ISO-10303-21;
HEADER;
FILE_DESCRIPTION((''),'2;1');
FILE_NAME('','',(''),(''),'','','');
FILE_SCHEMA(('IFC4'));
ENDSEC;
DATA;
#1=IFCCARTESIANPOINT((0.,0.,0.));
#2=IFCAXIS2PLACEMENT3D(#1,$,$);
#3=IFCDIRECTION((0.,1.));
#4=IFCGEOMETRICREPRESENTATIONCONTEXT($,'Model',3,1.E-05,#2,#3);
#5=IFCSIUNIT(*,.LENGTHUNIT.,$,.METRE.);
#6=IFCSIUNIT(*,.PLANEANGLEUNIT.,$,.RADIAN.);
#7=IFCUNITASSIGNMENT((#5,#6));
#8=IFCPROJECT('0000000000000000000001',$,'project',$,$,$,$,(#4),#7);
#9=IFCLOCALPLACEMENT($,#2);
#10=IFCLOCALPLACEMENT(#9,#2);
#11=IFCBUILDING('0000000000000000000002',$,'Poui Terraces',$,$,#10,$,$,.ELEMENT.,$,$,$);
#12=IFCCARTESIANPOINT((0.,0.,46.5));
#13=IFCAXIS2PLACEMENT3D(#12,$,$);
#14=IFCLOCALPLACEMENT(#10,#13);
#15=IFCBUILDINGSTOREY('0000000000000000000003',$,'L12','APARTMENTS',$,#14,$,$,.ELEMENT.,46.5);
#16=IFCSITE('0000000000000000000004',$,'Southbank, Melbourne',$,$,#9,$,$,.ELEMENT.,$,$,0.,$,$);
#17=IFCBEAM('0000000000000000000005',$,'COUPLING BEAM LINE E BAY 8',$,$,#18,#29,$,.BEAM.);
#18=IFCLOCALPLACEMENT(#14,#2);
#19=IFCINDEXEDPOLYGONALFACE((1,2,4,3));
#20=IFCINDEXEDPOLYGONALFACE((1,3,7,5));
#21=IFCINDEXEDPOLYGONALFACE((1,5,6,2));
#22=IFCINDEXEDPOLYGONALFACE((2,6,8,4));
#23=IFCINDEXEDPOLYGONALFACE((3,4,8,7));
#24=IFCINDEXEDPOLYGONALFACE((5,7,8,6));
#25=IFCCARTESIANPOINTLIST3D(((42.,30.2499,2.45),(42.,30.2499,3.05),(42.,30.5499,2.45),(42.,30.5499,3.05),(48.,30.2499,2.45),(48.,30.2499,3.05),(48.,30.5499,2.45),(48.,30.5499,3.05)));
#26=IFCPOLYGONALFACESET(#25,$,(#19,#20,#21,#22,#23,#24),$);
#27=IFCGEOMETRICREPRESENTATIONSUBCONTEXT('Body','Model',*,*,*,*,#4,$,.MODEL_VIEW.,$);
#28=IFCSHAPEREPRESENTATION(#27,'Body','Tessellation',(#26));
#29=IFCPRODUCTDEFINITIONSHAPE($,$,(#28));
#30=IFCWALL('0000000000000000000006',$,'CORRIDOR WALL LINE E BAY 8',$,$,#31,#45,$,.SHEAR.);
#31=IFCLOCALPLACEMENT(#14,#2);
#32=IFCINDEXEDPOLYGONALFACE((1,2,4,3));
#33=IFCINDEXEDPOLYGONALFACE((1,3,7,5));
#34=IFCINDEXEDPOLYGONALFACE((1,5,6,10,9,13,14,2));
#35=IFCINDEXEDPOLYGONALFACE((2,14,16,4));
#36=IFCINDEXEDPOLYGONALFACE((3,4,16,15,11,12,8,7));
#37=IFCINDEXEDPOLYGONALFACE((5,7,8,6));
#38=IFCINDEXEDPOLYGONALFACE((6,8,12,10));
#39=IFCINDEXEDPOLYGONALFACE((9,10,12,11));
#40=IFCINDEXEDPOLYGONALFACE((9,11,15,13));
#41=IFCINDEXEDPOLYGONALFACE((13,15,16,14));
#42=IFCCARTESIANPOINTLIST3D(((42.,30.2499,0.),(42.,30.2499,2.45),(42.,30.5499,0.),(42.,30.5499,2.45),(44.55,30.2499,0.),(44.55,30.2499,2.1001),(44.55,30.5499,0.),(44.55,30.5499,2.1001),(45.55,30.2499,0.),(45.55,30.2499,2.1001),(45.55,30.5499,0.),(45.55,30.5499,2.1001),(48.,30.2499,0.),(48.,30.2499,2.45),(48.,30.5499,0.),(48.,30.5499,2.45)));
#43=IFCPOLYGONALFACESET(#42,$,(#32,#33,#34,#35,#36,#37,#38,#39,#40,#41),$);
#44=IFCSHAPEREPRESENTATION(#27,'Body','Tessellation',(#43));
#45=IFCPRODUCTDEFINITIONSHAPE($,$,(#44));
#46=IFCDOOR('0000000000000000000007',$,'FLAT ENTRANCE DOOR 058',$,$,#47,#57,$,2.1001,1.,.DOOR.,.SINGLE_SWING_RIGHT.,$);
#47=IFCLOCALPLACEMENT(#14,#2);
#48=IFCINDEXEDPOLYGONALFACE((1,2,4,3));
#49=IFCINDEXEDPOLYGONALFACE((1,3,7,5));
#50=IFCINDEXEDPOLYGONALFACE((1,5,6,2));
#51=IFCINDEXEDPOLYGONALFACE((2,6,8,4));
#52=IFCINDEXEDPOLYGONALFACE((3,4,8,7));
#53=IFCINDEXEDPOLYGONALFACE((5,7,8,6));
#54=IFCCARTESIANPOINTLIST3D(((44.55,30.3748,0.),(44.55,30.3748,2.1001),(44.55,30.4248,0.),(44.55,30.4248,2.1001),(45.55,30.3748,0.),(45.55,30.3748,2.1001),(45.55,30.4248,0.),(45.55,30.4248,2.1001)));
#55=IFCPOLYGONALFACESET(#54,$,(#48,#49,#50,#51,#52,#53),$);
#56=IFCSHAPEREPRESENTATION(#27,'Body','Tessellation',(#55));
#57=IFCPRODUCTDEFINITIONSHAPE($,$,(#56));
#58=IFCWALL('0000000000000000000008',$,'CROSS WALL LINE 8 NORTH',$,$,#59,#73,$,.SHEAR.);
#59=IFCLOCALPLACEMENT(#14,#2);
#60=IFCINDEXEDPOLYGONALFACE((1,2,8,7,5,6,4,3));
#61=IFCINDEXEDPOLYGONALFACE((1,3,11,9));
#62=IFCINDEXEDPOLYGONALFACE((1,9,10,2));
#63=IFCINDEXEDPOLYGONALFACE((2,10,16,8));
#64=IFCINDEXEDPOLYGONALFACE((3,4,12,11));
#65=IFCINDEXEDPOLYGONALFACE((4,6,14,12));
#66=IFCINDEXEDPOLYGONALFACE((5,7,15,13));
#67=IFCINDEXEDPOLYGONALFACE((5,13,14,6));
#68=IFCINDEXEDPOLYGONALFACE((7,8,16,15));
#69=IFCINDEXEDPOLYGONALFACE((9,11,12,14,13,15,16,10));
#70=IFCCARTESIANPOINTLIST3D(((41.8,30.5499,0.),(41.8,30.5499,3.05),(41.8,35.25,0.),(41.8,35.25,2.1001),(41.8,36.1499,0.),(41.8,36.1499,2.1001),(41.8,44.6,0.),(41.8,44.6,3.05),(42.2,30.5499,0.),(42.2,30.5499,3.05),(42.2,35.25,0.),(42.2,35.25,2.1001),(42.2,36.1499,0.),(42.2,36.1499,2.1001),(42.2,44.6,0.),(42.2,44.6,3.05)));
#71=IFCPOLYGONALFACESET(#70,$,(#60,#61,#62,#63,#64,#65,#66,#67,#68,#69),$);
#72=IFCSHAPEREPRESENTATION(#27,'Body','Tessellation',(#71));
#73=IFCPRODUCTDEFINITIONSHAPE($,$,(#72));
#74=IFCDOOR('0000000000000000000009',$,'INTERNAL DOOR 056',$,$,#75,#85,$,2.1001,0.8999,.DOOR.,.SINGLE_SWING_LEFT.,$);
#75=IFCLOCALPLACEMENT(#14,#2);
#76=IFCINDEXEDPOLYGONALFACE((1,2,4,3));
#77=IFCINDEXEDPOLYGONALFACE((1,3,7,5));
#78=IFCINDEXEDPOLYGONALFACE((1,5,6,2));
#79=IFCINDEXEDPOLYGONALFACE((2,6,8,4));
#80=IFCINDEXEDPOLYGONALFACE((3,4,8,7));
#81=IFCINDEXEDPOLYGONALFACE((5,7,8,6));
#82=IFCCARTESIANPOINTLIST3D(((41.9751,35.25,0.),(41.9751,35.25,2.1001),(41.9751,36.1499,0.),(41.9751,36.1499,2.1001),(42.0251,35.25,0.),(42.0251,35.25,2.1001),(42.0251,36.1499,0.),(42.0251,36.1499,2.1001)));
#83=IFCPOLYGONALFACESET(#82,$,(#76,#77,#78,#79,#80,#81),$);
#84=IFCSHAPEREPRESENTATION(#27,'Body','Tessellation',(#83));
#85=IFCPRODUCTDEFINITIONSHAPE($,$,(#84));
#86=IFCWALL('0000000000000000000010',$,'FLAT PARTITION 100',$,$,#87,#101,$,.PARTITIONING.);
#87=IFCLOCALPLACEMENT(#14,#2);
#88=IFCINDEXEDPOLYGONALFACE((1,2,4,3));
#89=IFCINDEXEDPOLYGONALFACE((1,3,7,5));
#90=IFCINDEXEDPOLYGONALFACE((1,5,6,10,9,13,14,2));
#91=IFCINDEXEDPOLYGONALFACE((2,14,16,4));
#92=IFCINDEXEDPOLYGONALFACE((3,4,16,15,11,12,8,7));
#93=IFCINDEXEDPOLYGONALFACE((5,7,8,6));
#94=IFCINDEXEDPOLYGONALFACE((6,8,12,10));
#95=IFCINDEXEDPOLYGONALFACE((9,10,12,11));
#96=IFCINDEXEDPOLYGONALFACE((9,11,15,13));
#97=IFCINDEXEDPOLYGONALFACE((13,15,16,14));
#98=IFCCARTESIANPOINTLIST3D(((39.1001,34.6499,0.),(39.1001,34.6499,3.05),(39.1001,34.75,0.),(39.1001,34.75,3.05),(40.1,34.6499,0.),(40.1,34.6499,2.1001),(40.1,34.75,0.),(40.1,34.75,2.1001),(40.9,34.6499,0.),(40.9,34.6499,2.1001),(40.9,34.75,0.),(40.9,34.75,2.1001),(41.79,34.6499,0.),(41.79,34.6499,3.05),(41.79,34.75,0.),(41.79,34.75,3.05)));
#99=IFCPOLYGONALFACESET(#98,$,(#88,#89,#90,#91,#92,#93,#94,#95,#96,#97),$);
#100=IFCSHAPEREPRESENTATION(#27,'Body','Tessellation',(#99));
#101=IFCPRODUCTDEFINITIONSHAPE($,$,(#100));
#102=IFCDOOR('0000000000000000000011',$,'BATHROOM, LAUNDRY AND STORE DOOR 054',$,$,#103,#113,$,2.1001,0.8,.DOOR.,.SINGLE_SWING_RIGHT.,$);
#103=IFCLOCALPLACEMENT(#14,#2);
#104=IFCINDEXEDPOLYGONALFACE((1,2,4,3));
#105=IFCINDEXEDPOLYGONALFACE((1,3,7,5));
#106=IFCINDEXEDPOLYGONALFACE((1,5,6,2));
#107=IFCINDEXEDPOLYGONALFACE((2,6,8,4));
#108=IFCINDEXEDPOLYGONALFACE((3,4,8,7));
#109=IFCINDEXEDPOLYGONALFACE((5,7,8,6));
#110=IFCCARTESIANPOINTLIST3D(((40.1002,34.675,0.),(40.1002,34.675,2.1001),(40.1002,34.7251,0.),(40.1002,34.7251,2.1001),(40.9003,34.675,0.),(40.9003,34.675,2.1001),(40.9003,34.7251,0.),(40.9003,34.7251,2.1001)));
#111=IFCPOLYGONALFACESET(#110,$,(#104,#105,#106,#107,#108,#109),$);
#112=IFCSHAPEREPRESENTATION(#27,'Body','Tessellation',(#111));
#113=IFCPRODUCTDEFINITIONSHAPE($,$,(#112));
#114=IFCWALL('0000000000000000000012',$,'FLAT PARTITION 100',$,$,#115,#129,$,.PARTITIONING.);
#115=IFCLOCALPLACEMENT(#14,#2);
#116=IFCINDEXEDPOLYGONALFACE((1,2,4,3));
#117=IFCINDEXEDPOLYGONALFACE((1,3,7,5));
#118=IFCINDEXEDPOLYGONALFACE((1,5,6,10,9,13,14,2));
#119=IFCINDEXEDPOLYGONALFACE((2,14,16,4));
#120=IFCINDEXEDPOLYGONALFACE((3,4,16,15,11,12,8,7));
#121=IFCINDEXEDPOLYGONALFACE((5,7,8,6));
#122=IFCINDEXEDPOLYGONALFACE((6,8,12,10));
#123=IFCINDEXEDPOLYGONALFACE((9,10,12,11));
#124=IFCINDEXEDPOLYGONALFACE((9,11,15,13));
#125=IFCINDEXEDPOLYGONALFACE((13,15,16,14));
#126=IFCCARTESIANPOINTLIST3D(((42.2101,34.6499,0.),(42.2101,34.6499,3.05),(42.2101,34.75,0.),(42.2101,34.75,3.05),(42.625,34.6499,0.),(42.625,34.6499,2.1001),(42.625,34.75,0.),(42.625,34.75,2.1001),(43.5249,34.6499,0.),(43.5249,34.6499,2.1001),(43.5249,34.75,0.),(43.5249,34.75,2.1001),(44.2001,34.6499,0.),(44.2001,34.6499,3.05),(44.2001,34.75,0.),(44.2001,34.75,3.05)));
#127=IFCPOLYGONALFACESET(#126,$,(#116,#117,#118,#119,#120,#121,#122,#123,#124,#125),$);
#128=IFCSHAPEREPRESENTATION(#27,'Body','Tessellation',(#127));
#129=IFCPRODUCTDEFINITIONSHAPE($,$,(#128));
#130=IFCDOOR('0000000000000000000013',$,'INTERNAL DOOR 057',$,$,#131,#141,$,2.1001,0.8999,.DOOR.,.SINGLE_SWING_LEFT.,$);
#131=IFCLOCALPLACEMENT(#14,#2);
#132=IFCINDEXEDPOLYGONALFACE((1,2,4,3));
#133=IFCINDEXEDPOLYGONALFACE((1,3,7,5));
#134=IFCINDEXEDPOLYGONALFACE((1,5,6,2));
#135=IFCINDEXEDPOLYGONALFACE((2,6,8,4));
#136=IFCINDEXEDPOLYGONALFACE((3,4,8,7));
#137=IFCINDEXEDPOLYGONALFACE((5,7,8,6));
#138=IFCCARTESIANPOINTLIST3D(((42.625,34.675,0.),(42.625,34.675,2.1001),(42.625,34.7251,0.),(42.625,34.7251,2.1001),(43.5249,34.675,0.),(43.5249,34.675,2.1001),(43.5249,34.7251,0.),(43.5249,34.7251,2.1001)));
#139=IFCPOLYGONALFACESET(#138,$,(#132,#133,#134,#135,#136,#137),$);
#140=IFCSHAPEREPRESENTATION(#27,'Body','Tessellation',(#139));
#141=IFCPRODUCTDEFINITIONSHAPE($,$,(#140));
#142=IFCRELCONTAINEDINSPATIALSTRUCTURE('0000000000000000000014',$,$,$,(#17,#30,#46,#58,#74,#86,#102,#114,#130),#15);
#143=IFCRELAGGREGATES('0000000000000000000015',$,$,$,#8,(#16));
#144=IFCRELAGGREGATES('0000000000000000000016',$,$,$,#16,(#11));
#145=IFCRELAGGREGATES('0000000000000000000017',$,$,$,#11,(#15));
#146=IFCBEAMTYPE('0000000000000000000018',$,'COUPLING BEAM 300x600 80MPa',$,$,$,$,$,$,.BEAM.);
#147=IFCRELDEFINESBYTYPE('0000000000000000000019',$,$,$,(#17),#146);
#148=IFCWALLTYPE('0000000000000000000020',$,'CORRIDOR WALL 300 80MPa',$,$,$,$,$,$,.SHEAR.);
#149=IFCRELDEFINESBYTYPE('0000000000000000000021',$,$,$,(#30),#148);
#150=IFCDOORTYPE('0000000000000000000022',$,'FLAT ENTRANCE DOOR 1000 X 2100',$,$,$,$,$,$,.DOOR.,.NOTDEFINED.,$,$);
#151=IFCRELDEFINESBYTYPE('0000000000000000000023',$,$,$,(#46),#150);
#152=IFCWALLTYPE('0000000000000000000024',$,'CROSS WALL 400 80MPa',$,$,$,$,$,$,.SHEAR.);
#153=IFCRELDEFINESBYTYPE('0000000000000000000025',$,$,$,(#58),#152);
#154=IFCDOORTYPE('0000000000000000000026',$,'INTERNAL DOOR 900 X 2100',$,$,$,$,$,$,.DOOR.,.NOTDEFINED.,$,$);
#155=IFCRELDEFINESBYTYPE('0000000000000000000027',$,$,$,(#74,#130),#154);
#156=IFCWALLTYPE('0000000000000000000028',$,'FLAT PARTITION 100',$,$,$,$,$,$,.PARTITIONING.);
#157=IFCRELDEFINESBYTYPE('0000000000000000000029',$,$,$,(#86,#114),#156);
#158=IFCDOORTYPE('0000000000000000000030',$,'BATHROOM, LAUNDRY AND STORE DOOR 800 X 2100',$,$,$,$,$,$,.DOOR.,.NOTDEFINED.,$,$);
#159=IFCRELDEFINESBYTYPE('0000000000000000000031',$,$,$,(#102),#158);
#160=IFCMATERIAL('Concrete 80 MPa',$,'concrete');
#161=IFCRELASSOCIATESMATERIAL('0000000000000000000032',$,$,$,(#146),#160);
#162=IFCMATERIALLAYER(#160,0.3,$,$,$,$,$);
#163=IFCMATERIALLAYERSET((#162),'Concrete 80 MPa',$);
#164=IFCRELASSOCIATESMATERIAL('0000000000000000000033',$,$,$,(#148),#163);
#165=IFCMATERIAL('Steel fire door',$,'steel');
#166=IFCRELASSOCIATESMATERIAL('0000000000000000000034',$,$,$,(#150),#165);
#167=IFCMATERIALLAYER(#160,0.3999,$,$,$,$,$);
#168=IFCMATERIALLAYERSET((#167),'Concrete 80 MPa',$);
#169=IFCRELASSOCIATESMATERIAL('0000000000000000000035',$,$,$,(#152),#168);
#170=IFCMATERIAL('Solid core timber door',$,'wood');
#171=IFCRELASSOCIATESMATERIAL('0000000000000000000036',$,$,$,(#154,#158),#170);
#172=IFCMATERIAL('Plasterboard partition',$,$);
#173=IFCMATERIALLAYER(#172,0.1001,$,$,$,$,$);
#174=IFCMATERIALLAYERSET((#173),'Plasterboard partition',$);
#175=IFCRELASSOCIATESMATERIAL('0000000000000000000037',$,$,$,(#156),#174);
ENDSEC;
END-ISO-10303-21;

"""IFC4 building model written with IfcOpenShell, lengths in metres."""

from ifc_helpers import new_model, si_unit, direction, frame, frame_2d, origin, origin_2d, place, context, subcontext, project, spatial, rectangle, extrude, source, transform, mapped, material, layer, layer_set, material_profile, profile_set, type_object, element, fill, save


model = new_model("IFC4")

# Units and contexts
model_context = context("Model", 3, precision=1e-05, world=origin(), true_north=direction((0.0, 1.0)))
body_context = subcontext(model_context, "Body", "Model", "MODEL_VIEW")
ifc_project = project(units=[si_unit("LENGTHUNIT", "METRE"), si_unit("PLANEANGLEUNIT", "RADIAN")], contexts=[model_context])

# Site, building, storey
site_placement = place(None, origin())
site = spatial("IfcSite", under=ifc_project, at=site_placement, Name="Southbank, Melbourne", CompositionType="ELEMENT", RefElevation=0.0)
building_placement = place(site_placement, origin())
building = spatial("IfcBuilding", under=site, at=building_placement, Name="Poui Terraces", CompositionType="ELEMENT")
storey_placement = place(building_placement, frame((0.0, 0.0, 46.5)))
storey = spatial("IfcBuildingStorey", under=building, at=storey_placement, Name="L12", Description="APARTMENTS", CompositionType="ELEMENT", Elevation=46.5)

# Beam
ifc_material_1 = material(Name="Concrete 80 MPa", Category="concrete")
ifc_material_profile_1 = material_profile(ifc_material_1, rectangle(XDim=0.3, YDim=0.6001, at=origin_2d()), Name="RC 300x600")
ifc_profile_set_1 = profile_set([ifc_material_profile_1], Name="Concrete 80 MPa")
beam_type = type_object("IfcBeamType", Name="COUPLING BEAM 300x600 80MPa", PredefinedType="BEAM", material=ifc_profile_set_1)
shared_shape_1 = source(origin(), body_context, "Body", "SweptSolid", [
    extrude(rectangle(XDim=0.3, YDim=0.6001, at=origin_2d()), origin(), (0.0, 0.0, 1.0), 6.0),
])
beam_placement = place(storey_placement, frame((42.0, 30.3999, 2.75), z_axis=(1.0, 0.0, 0.0), x_axis=(0.0, 1.0, 0.0)))
element("IfcBeam", 1, at=beam_placement, inside=storey, type_object=beam_type, Name="COUPLING BEAM LINE E BAY 8", PredefinedType="BEAM", context=body_context, shape_type="MappedRepresentation", body=[
    mapped(shared_shape_1, transform((0.0, 0.0, 0.0))),
])

# Walls, openings, doors
ifc_layer_1 = layer(ifc_material_1, 0.3)
ifc_layer_set_1 = layer_set([ifc_layer_1], Name="Concrete 80 MPa")
wall_type_1 = type_object("IfcWallType", Name="CORRIDOR WALL 300 80MPa", PredefinedType="SHEAR", material=ifc_layer_set_1)
wall_1_placement = place(storey_placement, frame((42.0, 30.3999, 0.0), z_axis=(0.0, 0.0, 1.0), x_axis=(1.0, 0.0, 0.0)))
wall_1 = element("IfcWall", 2, at=wall_1_placement, inside=storey, type_object=wall_type_1, Name="CORRIDOR WALL LINE E BAY 8", PredefinedType="SHEAR", context=body_context, shape_type="SweptSolid", body=[
    extrude(rectangle(XDim=6.0, YDim=0.3, at=frame_2d((3.0, 0.0))), origin(), (0.0, 0.0, 1.0), 2.45),
])
opening_1_placement = place(wall_1_placement, frame((2.55, 0.0, 0.0)))
opening_1 = element("IfcOpeningElement", 3, at=opening_1_placement, cuts=wall_1, PredefinedType="OPENING", context=body_context, shape_type="SweptSolid", body=[
    extrude(rectangle(XDim=1.0, YDim=2.1001, at=frame_2d((0.5, 1.05))), frame((0.0, 0.1602, 0.0), z_axis=(0.0, -1.0, 0.0), x_axis=(1.0, 0.0, 0.0)), (0.0, 0.0, 1.0), 0.3201),
])
ifc_material_2 = material(Name="Steel fire door", Category="steel")
door_type_1 = type_object("IfcDoorType", Name="FLAT ENTRANCE DOOR 1000 X 2100", OperationType="NOTDEFINED", PredefinedType="DOOR", material=ifc_material_2)
door_1_placement = place(opening_1_placement, origin())
door_1 = element("IfcDoor", 4, at=door_1_placement, inside=storey, type_object=door_type_1, Name="FLAT ENTRANCE DOOR 058", OperationType="SINGLE_SWING_RIGHT", OverallHeight=2.1001, OverallWidth=1.0, PredefinedType="DOOR", context=body_context, shape_type="SweptSolid", body=[
    extrude(rectangle(XDim=1.0, YDim=2.1001, at=frame_2d((0.5, 1.05))), frame((0.0, 0.0249, 0.0), z_axis=(0.0, -1.0, 0.0), x_axis=(1.0, 0.0, 0.0)), (0.0, 0.0, 1.0), 0.05),
])
fill(opening_1, door_1)
ifc_layer_2 = layer(ifc_material_1, 0.3999)
ifc_layer_set_2 = layer_set([ifc_layer_2], Name="Concrete 80 MPa")
wall_type_2 = type_object("IfcWallType", Name="CROSS WALL 400 80MPa", PredefinedType="SHEAR", material=ifc_layer_set_2)
wall_2_placement = place(storey_placement, frame((42.0, 30.55, 0.0), z_axis=(0.0, 0.0, 1.0), x_axis=(0.0, 1.0, 0.0)))
wall_2 = element("IfcWall", 5, at=wall_2_placement, inside=storey, type_object=wall_type_2, Name="CROSS WALL LINE 8 NORTH", PredefinedType="SHEAR", context=body_context, shape_type="SweptSolid", body=[
    extrude(rectangle(XDim=14.05, YDim=0.3999, at=frame_2d((7.0249, 0.0))), origin(), (0.0, 0.0, 1.0), 3.05),
])
opening_2_placement = place(wall_2_placement, frame((4.7, 0.0, 0.0)))
opening_2 = element("IfcOpeningElement", 6, at=opening_2_placement, cuts=wall_2, PredefinedType="OPENING", context=body_context, shape_type="SweptSolid", body=[
    extrude(rectangle(XDim=0.8999, YDim=2.1001, at=frame_2d((0.45, 1.05))), frame((0.0, 0.21, 0.0), z_axis=(0.0, -1.0, 0.0), x_axis=(1.0, 0.0, 0.0)), (0.0, 0.0, 1.0), 0.4199),
])
ifc_material_3 = material(Name="Solid core timber door", Category="wood")
door_type_2 = type_object("IfcDoorType", Name="INTERNAL DOOR 900 X 2100", OperationType="NOTDEFINED", PredefinedType="DOOR", material=ifc_material_3)
door_2_placement = place(opening_2_placement, origin())
door_2 = element("IfcDoor", 7, at=door_2_placement, inside=storey, type_object=door_type_2, Name="INTERNAL DOOR 056", OperationType="SINGLE_SWING_LEFT", OverallHeight=2.1001, OverallWidth=0.8999, PredefinedType="DOOR", context=body_context, shape_type="SweptSolid", body=[
    extrude(rectangle(XDim=0.8999, YDim=2.1001, at=frame_2d((0.45, 1.05))), frame((0.0, 0.0249, 0.0), z_axis=(0.0, -1.0, 0.0), x_axis=(1.0, 0.0, 0.0)), (0.0, 0.0, 1.0), 0.05),
])
fill(opening_2, door_2)
ifc_material_4 = material(Name="Plasterboard partition")
ifc_layer_3 = layer(ifc_material_4, 0.1001)
ifc_layer_set_3 = layer_set([ifc_layer_3], Name="Plasterboard partition")
wall_type_3 = type_object("IfcWallType", Name="FLAT PARTITION 100", PredefinedType="PARTITIONING", material=ifc_layer_set_3)
wall_3_placement = place(storey_placement, frame((39.1001, 34.7, 0.0), z_axis=(0.0, 0.0, 1.0), x_axis=(1.0, 0.0, 0.0)))
wall_3 = element("IfcWall", 8, at=wall_3_placement, inside=storey, type_object=wall_type_3, Name="FLAT PARTITION 100", PredefinedType="PARTITIONING", context=body_context, shape_type="SweptSolid", body=[
    extrude(rectangle(XDim=2.6899, YDim=0.1001, at=frame_2d((1.345, 0.0))), origin(), (0.0, 0.0, 1.0), 3.05),
])
opening_3_placement = place(wall_3_placement, frame((1.0, 0.0, 0.0)))
opening_3 = element("IfcOpeningElement", 9, at=opening_3_placement, cuts=wall_3, PredefinedType="OPENING", context=body_context, shape_type="SweptSolid", body=[
    extrude(rectangle(XDim=0.8, YDim=2.1001, at=frame_2d((0.3999, 1.05))), frame((0.0, 0.0601, 0.0), z_axis=(0.0, -1.0, 0.0), x_axis=(1.0, 0.0, 0.0)), (0.0, 0.0, 1.0), 0.1201),
])
door_type_3 = type_object("IfcDoorType", Name="BATHROOM, LAUNDRY AND STORE DOOR 800 X 2100", OperationType="NOTDEFINED", PredefinedType="DOOR", material=ifc_material_3)
door_3_placement = place(opening_3_placement, frame((0.8, 0.0, 0.0), z_axis=(0.0, 0.0, 1.0), x_axis=(-1.0, 0.0, 0.0)))
door_3 = element("IfcDoor", 10, at=door_3_placement, inside=storey, type_object=door_type_3, Name="BATHROOM, LAUNDRY AND STORE DOOR 054", OperationType="SINGLE_SWING_RIGHT", OverallHeight=2.1001, OverallWidth=0.8, PredefinedType="DOOR", context=body_context, shape_type="SweptSolid", body=[
    extrude(rectangle(XDim=0.8, YDim=2.1001, at=frame_2d((0.3999, 1.05))), frame((0.0, 0.0249, 0.0), z_axis=(0.0, -1.0, 0.0), x_axis=(1.0, 0.0, 0.0)), (0.0, 0.0, 1.0), 0.05),
])
fill(opening_3, door_3)
wall_4_placement = place(storey_placement, frame((42.21, 34.7, 0.0), z_axis=(0.0, 0.0, 1.0), x_axis=(1.0, 0.0, 0.0)))
wall_4 = element("IfcWall", 11, at=wall_4_placement, inside=storey, type_object=wall_type_3, Name="FLAT PARTITION 100", PredefinedType="PARTITIONING", context=body_context, shape_type="SweptSolid", body=[
    extrude(rectangle(XDim=1.99, YDim=0.1001, at=frame_2d((0.9951, 0.0))), origin(), (0.0, 0.0, 1.0), 3.05),
])
opening_4_placement = place(wall_4_placement, frame((0.415, 0.0, 0.0)))
opening_4 = element("IfcOpeningElement", 12, at=opening_4_placement, cuts=wall_4, PredefinedType="OPENING", context=body_context, shape_type="SweptSolid", body=[
    extrude(rectangle(XDim=0.8999, YDim=2.1001, at=frame_2d((0.45, 1.05))), frame((0.0, 0.0601, 0.0), z_axis=(0.0, -1.0, 0.0), x_axis=(1.0, 0.0, 0.0)), (0.0, 0.0, 1.0), 0.1201),
])
door_4_placement = place(opening_4_placement, frame((0.8999, 0.0, 0.0), z_axis=(0.0, 0.0, 1.0), x_axis=(-1.0, 0.0, 0.0)))
door_4 = element("IfcDoor", 13, at=door_4_placement, inside=storey, type_object=door_type_2, Name="INTERNAL DOOR 057", OperationType="SINGLE_SWING_LEFT", OverallHeight=2.1001, OverallWidth=0.8999, PredefinedType="DOOR", context=body_context, shape_type="SweptSolid", body=[
    extrude(rectangle(XDim=0.8999, YDim=2.1001, at=frame_2d((0.45, 1.05))), frame((0.0, 0.0249, 0.0), z_axis=(0.0, -1.0, 0.0), x_axis=(1.0, 0.0, 0.0)), (0.0, 0.0, 1.0), 0.05),
])
fill(opening_4, door_4)

save(model, "model.ifc")
